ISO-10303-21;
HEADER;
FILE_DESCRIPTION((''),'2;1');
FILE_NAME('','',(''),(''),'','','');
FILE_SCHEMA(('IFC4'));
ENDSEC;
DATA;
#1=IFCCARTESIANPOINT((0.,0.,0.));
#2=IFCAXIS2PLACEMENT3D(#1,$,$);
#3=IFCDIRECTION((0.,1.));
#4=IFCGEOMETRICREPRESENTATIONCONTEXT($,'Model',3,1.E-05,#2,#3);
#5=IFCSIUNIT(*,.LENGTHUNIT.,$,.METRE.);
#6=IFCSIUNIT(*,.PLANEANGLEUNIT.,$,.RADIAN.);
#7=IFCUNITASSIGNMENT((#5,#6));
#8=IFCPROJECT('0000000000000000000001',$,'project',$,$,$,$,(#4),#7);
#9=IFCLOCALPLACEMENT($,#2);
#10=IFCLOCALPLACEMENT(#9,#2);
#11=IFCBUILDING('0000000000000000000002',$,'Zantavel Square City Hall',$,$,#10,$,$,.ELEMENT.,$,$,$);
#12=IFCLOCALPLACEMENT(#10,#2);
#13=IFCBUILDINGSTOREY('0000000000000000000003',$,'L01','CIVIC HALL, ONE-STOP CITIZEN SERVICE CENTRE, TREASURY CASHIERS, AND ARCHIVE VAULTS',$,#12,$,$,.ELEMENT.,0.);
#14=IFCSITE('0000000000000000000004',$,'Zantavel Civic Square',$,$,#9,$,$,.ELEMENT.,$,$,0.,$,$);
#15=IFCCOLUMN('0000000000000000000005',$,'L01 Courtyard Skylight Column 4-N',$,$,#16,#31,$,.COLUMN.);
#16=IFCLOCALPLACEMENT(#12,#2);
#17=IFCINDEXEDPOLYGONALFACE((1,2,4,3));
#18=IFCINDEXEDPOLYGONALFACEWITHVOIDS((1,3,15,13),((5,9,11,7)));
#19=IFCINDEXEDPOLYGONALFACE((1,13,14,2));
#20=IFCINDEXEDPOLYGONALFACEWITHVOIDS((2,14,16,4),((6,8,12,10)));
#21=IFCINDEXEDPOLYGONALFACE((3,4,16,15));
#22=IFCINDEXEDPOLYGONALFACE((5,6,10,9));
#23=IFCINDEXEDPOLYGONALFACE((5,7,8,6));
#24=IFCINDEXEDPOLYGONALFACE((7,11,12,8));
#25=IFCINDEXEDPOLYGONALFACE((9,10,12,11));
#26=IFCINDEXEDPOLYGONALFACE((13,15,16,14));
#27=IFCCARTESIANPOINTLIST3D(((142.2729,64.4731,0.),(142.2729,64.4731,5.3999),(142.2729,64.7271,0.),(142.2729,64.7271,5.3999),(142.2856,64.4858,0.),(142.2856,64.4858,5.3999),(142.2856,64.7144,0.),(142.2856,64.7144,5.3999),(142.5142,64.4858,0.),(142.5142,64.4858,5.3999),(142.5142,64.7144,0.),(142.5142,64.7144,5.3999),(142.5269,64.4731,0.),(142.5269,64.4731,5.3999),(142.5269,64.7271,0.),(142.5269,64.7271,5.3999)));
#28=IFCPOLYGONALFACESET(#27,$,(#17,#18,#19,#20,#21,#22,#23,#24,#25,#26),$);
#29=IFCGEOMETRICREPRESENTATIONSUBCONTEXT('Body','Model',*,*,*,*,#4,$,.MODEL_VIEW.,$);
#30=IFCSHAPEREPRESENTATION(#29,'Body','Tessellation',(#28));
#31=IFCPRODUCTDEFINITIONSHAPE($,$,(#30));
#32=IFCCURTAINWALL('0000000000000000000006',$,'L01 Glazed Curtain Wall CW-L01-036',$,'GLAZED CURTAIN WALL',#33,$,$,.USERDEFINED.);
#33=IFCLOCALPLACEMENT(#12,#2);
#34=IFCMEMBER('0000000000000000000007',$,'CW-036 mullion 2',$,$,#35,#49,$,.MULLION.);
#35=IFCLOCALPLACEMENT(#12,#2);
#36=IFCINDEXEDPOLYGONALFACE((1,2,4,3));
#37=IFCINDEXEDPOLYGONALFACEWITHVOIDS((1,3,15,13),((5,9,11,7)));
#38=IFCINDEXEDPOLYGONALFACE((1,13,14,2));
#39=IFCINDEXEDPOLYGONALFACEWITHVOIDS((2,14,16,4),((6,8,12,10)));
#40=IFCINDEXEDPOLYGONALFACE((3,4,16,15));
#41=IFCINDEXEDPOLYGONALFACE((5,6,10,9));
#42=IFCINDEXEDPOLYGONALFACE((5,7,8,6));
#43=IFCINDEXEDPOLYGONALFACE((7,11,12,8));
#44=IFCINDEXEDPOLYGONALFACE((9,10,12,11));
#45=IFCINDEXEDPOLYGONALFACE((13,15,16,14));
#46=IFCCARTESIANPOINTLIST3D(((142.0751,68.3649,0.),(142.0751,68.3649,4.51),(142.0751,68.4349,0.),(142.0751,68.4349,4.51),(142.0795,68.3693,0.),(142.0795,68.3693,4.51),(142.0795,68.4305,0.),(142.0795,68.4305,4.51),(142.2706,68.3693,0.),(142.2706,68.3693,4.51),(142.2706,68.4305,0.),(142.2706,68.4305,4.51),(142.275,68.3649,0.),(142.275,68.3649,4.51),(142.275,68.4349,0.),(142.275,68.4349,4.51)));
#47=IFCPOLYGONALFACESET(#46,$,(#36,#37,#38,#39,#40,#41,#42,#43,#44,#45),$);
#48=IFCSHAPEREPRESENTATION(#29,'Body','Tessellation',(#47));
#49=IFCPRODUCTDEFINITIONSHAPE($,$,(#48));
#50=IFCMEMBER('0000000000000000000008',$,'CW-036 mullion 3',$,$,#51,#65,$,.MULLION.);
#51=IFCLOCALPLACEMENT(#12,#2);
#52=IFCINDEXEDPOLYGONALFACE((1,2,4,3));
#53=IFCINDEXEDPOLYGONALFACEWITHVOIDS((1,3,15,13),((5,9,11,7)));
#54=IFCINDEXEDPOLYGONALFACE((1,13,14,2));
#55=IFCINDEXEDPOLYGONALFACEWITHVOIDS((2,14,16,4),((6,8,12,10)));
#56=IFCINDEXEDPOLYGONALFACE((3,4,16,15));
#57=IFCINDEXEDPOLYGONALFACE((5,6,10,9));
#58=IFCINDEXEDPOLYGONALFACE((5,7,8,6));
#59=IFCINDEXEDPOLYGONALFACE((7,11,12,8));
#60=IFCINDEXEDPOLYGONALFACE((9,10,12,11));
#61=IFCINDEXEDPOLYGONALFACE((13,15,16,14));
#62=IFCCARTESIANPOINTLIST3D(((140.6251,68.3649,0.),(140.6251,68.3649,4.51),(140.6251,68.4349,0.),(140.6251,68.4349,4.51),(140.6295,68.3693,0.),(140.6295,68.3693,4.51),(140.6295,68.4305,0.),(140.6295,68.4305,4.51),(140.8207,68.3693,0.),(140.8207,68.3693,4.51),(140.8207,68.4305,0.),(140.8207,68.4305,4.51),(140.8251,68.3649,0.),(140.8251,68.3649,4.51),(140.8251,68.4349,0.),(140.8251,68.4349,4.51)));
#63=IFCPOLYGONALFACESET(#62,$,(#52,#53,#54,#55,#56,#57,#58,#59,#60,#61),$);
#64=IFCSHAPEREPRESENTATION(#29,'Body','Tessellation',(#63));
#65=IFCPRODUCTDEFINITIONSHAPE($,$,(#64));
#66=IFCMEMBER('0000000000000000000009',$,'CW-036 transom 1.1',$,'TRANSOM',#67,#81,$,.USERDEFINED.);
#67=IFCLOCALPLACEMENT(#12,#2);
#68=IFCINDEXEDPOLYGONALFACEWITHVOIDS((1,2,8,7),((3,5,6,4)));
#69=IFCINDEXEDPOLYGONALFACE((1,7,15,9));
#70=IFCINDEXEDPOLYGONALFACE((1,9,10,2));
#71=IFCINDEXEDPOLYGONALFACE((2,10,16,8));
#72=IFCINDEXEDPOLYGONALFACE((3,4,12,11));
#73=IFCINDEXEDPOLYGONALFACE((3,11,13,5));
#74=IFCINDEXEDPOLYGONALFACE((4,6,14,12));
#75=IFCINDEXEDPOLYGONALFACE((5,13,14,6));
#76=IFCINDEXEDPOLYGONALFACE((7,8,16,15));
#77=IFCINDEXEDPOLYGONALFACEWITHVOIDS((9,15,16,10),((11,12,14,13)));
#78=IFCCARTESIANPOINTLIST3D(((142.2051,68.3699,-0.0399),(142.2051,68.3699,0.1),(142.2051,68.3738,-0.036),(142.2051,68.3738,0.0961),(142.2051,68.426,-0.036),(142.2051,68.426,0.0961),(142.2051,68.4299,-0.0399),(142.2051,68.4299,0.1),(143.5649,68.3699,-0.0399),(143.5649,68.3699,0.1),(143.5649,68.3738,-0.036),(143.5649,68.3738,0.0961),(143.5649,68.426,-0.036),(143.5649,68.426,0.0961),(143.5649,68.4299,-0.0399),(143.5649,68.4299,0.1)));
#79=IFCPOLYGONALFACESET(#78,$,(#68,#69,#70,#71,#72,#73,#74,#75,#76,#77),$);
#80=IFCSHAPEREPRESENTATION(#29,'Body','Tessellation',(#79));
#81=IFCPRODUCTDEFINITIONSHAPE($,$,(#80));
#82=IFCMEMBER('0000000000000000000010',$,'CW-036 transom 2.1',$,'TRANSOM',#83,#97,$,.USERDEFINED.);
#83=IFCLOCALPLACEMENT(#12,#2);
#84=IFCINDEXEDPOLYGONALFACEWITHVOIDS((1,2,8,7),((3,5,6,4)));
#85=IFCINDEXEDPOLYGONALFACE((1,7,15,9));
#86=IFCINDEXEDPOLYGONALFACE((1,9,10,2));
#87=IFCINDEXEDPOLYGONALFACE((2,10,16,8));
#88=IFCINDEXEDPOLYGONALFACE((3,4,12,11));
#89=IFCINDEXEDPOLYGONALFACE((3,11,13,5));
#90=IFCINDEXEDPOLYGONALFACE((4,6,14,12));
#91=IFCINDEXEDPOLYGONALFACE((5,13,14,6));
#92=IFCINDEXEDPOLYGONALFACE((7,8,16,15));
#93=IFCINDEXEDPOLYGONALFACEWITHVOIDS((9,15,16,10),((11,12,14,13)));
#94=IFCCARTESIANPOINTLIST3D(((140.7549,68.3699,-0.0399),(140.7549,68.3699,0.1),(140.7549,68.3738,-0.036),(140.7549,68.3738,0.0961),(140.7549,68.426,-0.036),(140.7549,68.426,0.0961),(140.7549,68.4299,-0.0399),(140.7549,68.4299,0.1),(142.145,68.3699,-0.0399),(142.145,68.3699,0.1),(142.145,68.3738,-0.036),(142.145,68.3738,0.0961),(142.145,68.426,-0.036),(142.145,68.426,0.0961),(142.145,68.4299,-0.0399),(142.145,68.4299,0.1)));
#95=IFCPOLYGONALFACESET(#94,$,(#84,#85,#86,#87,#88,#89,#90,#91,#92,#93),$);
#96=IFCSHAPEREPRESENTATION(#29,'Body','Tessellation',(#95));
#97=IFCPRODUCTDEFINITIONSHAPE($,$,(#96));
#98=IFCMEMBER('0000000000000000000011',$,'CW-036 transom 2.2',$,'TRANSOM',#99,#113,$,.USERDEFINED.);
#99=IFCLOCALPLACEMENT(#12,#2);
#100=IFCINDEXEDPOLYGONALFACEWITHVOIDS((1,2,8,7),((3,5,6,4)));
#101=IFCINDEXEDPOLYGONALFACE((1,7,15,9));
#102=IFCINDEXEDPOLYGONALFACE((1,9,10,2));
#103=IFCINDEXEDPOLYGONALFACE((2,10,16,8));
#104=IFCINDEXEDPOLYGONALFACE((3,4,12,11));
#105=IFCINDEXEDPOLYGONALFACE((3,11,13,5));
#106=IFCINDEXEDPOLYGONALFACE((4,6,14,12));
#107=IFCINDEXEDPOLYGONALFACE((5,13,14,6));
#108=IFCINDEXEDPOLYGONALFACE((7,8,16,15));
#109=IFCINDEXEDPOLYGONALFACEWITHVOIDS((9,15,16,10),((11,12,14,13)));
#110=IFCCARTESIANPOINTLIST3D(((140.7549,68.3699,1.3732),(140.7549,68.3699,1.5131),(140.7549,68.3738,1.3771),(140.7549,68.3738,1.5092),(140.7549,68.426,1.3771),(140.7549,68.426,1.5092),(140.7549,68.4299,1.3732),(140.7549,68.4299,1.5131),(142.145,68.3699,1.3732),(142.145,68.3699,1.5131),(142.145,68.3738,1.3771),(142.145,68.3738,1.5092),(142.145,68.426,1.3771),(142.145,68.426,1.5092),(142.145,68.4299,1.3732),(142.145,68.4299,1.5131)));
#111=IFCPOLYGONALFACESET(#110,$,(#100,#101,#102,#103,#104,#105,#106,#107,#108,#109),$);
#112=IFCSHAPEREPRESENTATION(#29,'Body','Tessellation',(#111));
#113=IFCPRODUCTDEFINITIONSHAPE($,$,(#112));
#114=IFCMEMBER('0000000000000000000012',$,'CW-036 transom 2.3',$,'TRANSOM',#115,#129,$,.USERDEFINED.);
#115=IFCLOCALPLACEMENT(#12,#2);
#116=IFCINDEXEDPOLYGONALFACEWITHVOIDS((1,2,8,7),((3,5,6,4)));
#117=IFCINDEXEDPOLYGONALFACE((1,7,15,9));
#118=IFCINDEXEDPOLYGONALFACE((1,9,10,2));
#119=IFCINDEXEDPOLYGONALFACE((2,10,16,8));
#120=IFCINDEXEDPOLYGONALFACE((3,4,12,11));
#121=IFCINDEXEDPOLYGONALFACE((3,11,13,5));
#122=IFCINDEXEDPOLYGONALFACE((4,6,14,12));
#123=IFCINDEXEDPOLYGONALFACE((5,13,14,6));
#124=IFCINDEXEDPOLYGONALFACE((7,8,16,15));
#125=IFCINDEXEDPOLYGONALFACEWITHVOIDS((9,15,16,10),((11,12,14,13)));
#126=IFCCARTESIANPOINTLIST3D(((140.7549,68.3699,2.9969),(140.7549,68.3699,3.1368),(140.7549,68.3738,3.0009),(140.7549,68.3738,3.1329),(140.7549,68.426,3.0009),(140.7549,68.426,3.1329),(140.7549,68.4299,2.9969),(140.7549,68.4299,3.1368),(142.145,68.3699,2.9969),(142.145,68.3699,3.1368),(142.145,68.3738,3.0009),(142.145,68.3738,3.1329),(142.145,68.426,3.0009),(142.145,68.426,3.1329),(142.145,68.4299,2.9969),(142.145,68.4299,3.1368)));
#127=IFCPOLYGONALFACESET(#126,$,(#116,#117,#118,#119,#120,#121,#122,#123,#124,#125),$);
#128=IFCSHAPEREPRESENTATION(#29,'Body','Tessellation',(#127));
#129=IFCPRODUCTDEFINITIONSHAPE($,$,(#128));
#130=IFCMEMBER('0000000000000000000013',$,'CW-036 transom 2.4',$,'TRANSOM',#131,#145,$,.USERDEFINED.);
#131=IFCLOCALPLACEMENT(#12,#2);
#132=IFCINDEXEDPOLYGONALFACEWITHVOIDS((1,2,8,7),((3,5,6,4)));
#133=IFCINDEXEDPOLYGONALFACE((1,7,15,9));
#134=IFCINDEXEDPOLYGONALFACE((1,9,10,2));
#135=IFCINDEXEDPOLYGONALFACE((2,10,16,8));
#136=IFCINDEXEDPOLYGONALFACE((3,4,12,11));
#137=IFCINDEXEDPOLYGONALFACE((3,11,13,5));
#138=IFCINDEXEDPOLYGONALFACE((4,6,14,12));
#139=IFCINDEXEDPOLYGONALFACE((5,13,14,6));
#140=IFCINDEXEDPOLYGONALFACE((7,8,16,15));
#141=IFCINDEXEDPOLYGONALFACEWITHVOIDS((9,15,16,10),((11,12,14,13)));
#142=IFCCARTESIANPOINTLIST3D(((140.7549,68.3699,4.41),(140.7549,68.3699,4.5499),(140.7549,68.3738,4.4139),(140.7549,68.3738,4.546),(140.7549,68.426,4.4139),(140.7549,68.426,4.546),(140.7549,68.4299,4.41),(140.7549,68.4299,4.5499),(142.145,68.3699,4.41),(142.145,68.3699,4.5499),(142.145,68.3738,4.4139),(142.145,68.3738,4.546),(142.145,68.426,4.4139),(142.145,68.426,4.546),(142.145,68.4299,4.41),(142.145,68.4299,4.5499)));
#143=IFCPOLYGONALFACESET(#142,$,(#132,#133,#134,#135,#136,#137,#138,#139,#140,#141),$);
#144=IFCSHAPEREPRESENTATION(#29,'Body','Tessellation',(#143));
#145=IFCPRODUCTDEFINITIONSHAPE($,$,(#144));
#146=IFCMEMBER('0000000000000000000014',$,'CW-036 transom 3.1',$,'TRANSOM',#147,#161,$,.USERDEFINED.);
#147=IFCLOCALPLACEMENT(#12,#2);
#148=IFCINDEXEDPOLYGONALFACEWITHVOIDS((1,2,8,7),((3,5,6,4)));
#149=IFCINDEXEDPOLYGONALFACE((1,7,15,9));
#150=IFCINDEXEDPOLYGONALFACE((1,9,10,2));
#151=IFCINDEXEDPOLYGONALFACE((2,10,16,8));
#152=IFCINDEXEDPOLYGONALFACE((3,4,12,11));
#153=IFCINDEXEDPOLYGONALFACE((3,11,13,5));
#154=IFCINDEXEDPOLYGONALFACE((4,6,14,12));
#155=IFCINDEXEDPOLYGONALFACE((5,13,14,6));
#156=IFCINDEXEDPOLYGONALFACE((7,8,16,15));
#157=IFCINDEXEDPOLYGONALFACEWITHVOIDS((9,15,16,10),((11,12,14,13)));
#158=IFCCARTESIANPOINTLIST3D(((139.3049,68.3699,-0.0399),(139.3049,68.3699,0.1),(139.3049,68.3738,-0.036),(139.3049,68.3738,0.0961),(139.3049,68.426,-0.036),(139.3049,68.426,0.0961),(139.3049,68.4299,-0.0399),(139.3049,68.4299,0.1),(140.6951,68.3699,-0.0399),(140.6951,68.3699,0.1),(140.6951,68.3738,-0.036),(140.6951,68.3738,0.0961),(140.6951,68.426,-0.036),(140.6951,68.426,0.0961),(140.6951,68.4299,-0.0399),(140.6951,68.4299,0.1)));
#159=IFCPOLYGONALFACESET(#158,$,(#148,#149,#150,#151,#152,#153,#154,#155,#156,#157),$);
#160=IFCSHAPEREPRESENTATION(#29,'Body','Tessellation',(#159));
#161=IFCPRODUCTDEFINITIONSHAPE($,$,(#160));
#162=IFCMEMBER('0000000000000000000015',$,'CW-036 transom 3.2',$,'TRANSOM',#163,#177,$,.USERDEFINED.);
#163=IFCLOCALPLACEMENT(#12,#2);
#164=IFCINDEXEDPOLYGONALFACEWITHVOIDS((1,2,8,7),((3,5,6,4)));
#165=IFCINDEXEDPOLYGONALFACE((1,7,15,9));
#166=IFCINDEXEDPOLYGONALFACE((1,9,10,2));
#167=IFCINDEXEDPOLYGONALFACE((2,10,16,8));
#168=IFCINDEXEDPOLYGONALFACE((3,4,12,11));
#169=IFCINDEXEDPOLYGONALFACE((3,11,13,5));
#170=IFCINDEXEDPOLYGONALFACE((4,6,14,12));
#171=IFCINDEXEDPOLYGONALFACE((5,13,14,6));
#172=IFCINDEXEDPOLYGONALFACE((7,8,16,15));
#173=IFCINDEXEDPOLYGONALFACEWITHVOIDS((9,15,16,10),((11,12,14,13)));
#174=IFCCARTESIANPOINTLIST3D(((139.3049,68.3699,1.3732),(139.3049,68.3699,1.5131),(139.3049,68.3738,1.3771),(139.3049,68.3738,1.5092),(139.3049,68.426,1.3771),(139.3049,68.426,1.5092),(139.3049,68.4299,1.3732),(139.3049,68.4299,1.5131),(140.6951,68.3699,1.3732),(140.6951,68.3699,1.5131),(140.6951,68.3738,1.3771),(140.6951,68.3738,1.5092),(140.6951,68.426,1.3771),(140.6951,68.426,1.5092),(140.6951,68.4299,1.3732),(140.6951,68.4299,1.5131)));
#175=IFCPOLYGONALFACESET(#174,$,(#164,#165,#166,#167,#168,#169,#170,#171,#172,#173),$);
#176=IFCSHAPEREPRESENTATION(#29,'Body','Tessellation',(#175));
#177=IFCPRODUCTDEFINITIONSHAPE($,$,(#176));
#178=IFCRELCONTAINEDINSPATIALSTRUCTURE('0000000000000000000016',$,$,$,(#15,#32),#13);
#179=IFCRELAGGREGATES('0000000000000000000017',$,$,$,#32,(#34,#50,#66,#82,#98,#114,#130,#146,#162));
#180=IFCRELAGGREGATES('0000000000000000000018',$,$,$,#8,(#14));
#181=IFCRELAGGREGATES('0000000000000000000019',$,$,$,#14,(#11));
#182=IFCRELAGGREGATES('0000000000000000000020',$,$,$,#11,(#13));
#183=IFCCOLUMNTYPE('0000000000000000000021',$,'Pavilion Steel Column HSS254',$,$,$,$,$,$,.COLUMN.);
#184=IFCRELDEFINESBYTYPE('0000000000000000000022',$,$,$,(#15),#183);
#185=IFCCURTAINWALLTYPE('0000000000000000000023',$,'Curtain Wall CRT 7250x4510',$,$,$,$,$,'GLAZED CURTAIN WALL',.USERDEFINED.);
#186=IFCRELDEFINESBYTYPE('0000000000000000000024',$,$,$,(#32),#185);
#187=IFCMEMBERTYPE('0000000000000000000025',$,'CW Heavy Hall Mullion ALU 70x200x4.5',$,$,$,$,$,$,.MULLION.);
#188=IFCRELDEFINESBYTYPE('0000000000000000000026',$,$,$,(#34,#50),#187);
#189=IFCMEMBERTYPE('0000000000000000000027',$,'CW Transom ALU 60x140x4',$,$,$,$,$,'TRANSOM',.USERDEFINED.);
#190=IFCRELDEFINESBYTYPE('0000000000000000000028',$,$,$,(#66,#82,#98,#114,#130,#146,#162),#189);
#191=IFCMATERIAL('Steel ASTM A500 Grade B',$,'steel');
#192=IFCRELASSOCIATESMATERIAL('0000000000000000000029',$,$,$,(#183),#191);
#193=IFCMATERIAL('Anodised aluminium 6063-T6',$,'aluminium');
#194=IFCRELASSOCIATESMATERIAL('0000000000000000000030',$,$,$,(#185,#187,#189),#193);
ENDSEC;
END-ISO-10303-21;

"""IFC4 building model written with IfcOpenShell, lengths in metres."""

from ifc_helpers import new_model, si_unit, direction, frame, origin, origin_2d, place, context, subcontext, project, spatial, hollow_rectangle, extrude, material, material_profile, profile_set, type_object, element, aggregate, save


model = new_model("IFC4")

# Units and contexts
model_context = context("Model", 3, precision=1e-05, world=origin(), true_north=direction((0.0, 1.0)))
body_context = subcontext(model_context, "Body", "Model", "MODEL_VIEW")
ifc_project = project(units=[si_unit("LENGTHUNIT", "METRE"), si_unit("PLANEANGLEUNIT", "RADIAN")], contexts=[model_context])

# Site, building, storey
site_placement = place(None, origin())
site = spatial("IfcSite", under=ifc_project, at=site_placement, Name="Zantavel Civic Square", CompositionType="ELEMENT", RefElevation=0.0)
building_placement = place(site_placement, origin())
building = spatial("IfcBuilding", under=site, at=building_placement, Name="Zantavel Square City Hall", CompositionType="ELEMENT")
storey_placement = place(building_placement, origin())
storey = spatial("IfcBuildingStorey", under=building, at=storey_placement, Name="L01", Description="CIVIC HALL, ONE-STOP CITIZEN SERVICE CENTRE, TREASURY CASHIERS, AND ARCHIVE VAULTS", CompositionType="ELEMENT", Elevation=0.0)

# Column
ifc_material_1 = material(Name="Steel ASTM A500 Grade B", Category="steel")
ifc_material_profile_1 = material_profile(ifc_material_1, hollow_rectangle(XDim=0.2539, YDim=0.2539, WallThickness=0.0127, at=origin_2d()), Name="HSS 254x254x12.7")
ifc_profile_set_1 = profile_set([ifc_material_profile_1], Name="Steel ASTM A500 Grade B")
column_type = type_object("IfcColumnType", Name="Pavilion Steel Column HSS254", PredefinedType="COLUMN", material=ifc_profile_set_1)
column_placement = place(storey_placement, frame((142.3999, 64.6001, 0.0), z_axis=(0.0, 0.0, 1.0), x_axis=(1.0, 0.0, 0.0)))
element("IfcColumn", 1, at=column_placement, inside=storey, type_object=column_type, Name="L01 Courtyard Skylight Column 4-N", PredefinedType="COLUMN", context=body_context, shape_type="SweptSolid", body=[
    extrude(hollow_rectangle(XDim=0.2539, YDim=0.2539, WallThickness=0.0127, at=origin_2d()), origin(), (0.0, 0.0, 1.0), 5.3999),
])

# Curtain wall, members
ifc_material_2 = material(Name="Anodised aluminium 6063-T6", Category="aluminium")
curtain_wall_type = type_object("IfcCurtainWallType", Name="Curtain Wall CRT 7250x4510", ElementType="GLAZED CURTAIN WALL", PredefinedType="USERDEFINED", material=ifc_material_2)
curtain_wall_placement = place(storey_placement, origin())
curtain_wall = element("IfcCurtainWall", 2, at=curtain_wall_placement, inside=storey, type_object=curtain_wall_type, Name="L01 Glazed Curtain Wall CW-L01-036", ObjectType="GLAZED CURTAIN WALL", PredefinedType="USERDEFINED")
ifc_material_profile_2 = material_profile(ifc_material_2, hollow_rectangle(XDim=0.0701, YDim=0.2, WallThickness=0.0044, at=origin_2d()), Name="ALU 70x200x4.5")
ifc_profile_set_2 = profile_set([ifc_material_profile_2], Name="Anodised aluminium 6063-T6")
member_type_1 = type_object("IfcMemberType", Name="CW Heavy Hall Mullion ALU 70x200x4.5", PredefinedType="MULLION", material=ifc_profile_set_2)
member_1_placement = place(storey_placement, frame((142.175, 68.3999, 0.0), z_axis=(0.0, 0.0, 1.0), x_axis=(0.0, -1.0, 0.0)))
member_1 = element("IfcMember", 3, at=member_1_placement, type_object=member_type_1, Name="CW-036 mullion 2", PredefinedType="MULLION", context=body_context, shape_type="SweptSolid", body=[
    extrude(hollow_rectangle(XDim=0.0701, YDim=0.2, WallThickness=0.0044, at=origin_2d()), origin(), (0.0, 0.0, 1.0), 4.51),
])
member_2_placement = place(storey_placement, frame((140.7251, 68.3999, 0.0), z_axis=(0.0, 0.0, 1.0), x_axis=(0.0, -1.0, 0.0)))
member_2 = element("IfcMember", 4, at=member_2_placement, type_object=member_type_1, Name="CW-036 mullion 3", PredefinedType="MULLION", context=body_context, shape_type="SweptSolid", body=[
    extrude(hollow_rectangle(XDim=0.0701, YDim=0.2, WallThickness=0.0044, at=origin_2d()), origin(), (0.0, 0.0, 1.0), 4.51),
])
ifc_material_profile_3 = material_profile(ifc_material_2, hollow_rectangle(XDim=0.0601, YDim=0.1399, WallThickness=0.0039, at=origin_2d()), Name="ALU 60x140x4")
ifc_profile_set_3 = profile_set([ifc_material_profile_3], Name="Anodised aluminium 6063-T6")
member_type_2 = type_object("IfcMemberType", Name="CW Transom ALU 60x140x4", ElementType="TRANSOM", PredefinedType="USERDEFINED", material=ifc_profile_set_3)
member_3_placement = place(storey_placement, frame((143.5649, 68.3999, 0.03), z_axis=(-1.0, 0.0, 0.0), x_axis=(0.0, -1.0, 0.0)))
member_3 = element("IfcMember", 5, at=member_3_placement, type_object=member_type_2, Name="CW-036 transom 1.1", ObjectType="TRANSOM", PredefinedType="USERDEFINED", context=body_context, shape_type="SweptSolid", body=[
    extrude(hollow_rectangle(XDim=0.0601, YDim=0.1399, WallThickness=0.0039, at=origin_2d()), origin(), (0.0, 0.0, 1.0), 1.3599),
])
member_4_placement = place(storey_placement, frame((142.145, 68.3999, 0.03), z_axis=(-1.0, 0.0, 0.0), x_axis=(0.0, -1.0, 0.0)))
member_4 = element("IfcMember", 6, at=member_4_placement, type_object=member_type_2, Name="CW-036 transom 2.1", ObjectType="TRANSOM", PredefinedType="USERDEFINED", context=body_context, shape_type="SweptSolid", body=[
    extrude(hollow_rectangle(XDim=0.0601, YDim=0.1399, WallThickness=0.0039, at=origin_2d()), origin(), (0.0, 0.0, 1.0), 1.3901),
])
member_5_placement = place(storey_placement, frame((142.145, 68.3999, 1.4431), z_axis=(-1.0, 0.0, 0.0), x_axis=(0.0, -1.0, 0.0)))
member_5 = element("IfcMember", 7, at=member_5_placement, type_object=member_type_2, Name="CW-036 transom 2.2", ObjectType="TRANSOM", PredefinedType="USERDEFINED", context=body_context, shape_type="SweptSolid", body=[
    extrude(hollow_rectangle(XDim=0.0601, YDim=0.1399, WallThickness=0.0039, at=origin_2d()), origin(), (0.0, 0.0, 1.0), 1.3901),
])
member_6_placement = place(storey_placement, frame((142.145, 68.3999, 3.0669), z_axis=(-1.0, 0.0, 0.0), x_axis=(0.0, -1.0, 0.0)))
member_6 = element("IfcMember", 8, at=member_6_placement, type_object=member_type_2, Name="CW-036 transom 2.3", ObjectType="TRANSOM", PredefinedType="USERDEFINED", context=body_context, shape_type="SweptSolid", body=[
    extrude(hollow_rectangle(XDim=0.0601, YDim=0.1399, WallThickness=0.0039, at=origin_2d()), origin(), (0.0, 0.0, 1.0), 1.3901),
])
member_7_placement = place(storey_placement, frame((142.145, 68.3999, 4.48), z_axis=(-1.0, 0.0, 0.0), x_axis=(0.0, -1.0, 0.0)))
member_7 = element("IfcMember", 9, at=member_7_placement, type_object=member_type_2, Name="CW-036 transom 2.4", ObjectType="TRANSOM", PredefinedType="USERDEFINED", context=body_context, shape_type="SweptSolid", body=[
    extrude(hollow_rectangle(XDim=0.0601, YDim=0.1399, WallThickness=0.0039, at=origin_2d()), origin(), (0.0, 0.0, 1.0), 1.3901),
])
member_8_placement = place(storey_placement, frame((140.6951, 68.3999, 0.03), z_axis=(-1.0, 0.0, 0.0), x_axis=(0.0, -1.0, 0.0)))
member_8 = element("IfcMember", 10, at=member_8_placement, type_object=member_type_2, Name="CW-036 transom 3.1", ObjectType="TRANSOM", PredefinedType="USERDEFINED", context=body_context, shape_type="SweptSolid", body=[
    extrude(hollow_rectangle(XDim=0.0601, YDim=0.1399, WallThickness=0.0039, at=origin_2d()), origin(), (0.0, 0.0, 1.0), 1.3901),
])
member_9_placement = place(storey_placement, frame((140.6951, 68.3999, 1.4431), z_axis=(-1.0, 0.0, 0.0), x_axis=(0.0, -1.0, 0.0)))
member_9 = element("IfcMember", 11, at=member_9_placement, type_object=member_type_2, Name="CW-036 transom 3.2", ObjectType="TRANSOM", PredefinedType="USERDEFINED", context=body_context, shape_type="SweptSolid", body=[
    extrude(hollow_rectangle(XDim=0.0601, YDim=0.1399, WallThickness=0.0039, at=origin_2d()), origin(), (0.0, 0.0, 1.0), 1.3901),
])
aggregate(curtain_wall, [member_1, member_2, member_3, member_4, member_5, member_6, member_7, member_8, member_9])

save(model, "model.ifc")
